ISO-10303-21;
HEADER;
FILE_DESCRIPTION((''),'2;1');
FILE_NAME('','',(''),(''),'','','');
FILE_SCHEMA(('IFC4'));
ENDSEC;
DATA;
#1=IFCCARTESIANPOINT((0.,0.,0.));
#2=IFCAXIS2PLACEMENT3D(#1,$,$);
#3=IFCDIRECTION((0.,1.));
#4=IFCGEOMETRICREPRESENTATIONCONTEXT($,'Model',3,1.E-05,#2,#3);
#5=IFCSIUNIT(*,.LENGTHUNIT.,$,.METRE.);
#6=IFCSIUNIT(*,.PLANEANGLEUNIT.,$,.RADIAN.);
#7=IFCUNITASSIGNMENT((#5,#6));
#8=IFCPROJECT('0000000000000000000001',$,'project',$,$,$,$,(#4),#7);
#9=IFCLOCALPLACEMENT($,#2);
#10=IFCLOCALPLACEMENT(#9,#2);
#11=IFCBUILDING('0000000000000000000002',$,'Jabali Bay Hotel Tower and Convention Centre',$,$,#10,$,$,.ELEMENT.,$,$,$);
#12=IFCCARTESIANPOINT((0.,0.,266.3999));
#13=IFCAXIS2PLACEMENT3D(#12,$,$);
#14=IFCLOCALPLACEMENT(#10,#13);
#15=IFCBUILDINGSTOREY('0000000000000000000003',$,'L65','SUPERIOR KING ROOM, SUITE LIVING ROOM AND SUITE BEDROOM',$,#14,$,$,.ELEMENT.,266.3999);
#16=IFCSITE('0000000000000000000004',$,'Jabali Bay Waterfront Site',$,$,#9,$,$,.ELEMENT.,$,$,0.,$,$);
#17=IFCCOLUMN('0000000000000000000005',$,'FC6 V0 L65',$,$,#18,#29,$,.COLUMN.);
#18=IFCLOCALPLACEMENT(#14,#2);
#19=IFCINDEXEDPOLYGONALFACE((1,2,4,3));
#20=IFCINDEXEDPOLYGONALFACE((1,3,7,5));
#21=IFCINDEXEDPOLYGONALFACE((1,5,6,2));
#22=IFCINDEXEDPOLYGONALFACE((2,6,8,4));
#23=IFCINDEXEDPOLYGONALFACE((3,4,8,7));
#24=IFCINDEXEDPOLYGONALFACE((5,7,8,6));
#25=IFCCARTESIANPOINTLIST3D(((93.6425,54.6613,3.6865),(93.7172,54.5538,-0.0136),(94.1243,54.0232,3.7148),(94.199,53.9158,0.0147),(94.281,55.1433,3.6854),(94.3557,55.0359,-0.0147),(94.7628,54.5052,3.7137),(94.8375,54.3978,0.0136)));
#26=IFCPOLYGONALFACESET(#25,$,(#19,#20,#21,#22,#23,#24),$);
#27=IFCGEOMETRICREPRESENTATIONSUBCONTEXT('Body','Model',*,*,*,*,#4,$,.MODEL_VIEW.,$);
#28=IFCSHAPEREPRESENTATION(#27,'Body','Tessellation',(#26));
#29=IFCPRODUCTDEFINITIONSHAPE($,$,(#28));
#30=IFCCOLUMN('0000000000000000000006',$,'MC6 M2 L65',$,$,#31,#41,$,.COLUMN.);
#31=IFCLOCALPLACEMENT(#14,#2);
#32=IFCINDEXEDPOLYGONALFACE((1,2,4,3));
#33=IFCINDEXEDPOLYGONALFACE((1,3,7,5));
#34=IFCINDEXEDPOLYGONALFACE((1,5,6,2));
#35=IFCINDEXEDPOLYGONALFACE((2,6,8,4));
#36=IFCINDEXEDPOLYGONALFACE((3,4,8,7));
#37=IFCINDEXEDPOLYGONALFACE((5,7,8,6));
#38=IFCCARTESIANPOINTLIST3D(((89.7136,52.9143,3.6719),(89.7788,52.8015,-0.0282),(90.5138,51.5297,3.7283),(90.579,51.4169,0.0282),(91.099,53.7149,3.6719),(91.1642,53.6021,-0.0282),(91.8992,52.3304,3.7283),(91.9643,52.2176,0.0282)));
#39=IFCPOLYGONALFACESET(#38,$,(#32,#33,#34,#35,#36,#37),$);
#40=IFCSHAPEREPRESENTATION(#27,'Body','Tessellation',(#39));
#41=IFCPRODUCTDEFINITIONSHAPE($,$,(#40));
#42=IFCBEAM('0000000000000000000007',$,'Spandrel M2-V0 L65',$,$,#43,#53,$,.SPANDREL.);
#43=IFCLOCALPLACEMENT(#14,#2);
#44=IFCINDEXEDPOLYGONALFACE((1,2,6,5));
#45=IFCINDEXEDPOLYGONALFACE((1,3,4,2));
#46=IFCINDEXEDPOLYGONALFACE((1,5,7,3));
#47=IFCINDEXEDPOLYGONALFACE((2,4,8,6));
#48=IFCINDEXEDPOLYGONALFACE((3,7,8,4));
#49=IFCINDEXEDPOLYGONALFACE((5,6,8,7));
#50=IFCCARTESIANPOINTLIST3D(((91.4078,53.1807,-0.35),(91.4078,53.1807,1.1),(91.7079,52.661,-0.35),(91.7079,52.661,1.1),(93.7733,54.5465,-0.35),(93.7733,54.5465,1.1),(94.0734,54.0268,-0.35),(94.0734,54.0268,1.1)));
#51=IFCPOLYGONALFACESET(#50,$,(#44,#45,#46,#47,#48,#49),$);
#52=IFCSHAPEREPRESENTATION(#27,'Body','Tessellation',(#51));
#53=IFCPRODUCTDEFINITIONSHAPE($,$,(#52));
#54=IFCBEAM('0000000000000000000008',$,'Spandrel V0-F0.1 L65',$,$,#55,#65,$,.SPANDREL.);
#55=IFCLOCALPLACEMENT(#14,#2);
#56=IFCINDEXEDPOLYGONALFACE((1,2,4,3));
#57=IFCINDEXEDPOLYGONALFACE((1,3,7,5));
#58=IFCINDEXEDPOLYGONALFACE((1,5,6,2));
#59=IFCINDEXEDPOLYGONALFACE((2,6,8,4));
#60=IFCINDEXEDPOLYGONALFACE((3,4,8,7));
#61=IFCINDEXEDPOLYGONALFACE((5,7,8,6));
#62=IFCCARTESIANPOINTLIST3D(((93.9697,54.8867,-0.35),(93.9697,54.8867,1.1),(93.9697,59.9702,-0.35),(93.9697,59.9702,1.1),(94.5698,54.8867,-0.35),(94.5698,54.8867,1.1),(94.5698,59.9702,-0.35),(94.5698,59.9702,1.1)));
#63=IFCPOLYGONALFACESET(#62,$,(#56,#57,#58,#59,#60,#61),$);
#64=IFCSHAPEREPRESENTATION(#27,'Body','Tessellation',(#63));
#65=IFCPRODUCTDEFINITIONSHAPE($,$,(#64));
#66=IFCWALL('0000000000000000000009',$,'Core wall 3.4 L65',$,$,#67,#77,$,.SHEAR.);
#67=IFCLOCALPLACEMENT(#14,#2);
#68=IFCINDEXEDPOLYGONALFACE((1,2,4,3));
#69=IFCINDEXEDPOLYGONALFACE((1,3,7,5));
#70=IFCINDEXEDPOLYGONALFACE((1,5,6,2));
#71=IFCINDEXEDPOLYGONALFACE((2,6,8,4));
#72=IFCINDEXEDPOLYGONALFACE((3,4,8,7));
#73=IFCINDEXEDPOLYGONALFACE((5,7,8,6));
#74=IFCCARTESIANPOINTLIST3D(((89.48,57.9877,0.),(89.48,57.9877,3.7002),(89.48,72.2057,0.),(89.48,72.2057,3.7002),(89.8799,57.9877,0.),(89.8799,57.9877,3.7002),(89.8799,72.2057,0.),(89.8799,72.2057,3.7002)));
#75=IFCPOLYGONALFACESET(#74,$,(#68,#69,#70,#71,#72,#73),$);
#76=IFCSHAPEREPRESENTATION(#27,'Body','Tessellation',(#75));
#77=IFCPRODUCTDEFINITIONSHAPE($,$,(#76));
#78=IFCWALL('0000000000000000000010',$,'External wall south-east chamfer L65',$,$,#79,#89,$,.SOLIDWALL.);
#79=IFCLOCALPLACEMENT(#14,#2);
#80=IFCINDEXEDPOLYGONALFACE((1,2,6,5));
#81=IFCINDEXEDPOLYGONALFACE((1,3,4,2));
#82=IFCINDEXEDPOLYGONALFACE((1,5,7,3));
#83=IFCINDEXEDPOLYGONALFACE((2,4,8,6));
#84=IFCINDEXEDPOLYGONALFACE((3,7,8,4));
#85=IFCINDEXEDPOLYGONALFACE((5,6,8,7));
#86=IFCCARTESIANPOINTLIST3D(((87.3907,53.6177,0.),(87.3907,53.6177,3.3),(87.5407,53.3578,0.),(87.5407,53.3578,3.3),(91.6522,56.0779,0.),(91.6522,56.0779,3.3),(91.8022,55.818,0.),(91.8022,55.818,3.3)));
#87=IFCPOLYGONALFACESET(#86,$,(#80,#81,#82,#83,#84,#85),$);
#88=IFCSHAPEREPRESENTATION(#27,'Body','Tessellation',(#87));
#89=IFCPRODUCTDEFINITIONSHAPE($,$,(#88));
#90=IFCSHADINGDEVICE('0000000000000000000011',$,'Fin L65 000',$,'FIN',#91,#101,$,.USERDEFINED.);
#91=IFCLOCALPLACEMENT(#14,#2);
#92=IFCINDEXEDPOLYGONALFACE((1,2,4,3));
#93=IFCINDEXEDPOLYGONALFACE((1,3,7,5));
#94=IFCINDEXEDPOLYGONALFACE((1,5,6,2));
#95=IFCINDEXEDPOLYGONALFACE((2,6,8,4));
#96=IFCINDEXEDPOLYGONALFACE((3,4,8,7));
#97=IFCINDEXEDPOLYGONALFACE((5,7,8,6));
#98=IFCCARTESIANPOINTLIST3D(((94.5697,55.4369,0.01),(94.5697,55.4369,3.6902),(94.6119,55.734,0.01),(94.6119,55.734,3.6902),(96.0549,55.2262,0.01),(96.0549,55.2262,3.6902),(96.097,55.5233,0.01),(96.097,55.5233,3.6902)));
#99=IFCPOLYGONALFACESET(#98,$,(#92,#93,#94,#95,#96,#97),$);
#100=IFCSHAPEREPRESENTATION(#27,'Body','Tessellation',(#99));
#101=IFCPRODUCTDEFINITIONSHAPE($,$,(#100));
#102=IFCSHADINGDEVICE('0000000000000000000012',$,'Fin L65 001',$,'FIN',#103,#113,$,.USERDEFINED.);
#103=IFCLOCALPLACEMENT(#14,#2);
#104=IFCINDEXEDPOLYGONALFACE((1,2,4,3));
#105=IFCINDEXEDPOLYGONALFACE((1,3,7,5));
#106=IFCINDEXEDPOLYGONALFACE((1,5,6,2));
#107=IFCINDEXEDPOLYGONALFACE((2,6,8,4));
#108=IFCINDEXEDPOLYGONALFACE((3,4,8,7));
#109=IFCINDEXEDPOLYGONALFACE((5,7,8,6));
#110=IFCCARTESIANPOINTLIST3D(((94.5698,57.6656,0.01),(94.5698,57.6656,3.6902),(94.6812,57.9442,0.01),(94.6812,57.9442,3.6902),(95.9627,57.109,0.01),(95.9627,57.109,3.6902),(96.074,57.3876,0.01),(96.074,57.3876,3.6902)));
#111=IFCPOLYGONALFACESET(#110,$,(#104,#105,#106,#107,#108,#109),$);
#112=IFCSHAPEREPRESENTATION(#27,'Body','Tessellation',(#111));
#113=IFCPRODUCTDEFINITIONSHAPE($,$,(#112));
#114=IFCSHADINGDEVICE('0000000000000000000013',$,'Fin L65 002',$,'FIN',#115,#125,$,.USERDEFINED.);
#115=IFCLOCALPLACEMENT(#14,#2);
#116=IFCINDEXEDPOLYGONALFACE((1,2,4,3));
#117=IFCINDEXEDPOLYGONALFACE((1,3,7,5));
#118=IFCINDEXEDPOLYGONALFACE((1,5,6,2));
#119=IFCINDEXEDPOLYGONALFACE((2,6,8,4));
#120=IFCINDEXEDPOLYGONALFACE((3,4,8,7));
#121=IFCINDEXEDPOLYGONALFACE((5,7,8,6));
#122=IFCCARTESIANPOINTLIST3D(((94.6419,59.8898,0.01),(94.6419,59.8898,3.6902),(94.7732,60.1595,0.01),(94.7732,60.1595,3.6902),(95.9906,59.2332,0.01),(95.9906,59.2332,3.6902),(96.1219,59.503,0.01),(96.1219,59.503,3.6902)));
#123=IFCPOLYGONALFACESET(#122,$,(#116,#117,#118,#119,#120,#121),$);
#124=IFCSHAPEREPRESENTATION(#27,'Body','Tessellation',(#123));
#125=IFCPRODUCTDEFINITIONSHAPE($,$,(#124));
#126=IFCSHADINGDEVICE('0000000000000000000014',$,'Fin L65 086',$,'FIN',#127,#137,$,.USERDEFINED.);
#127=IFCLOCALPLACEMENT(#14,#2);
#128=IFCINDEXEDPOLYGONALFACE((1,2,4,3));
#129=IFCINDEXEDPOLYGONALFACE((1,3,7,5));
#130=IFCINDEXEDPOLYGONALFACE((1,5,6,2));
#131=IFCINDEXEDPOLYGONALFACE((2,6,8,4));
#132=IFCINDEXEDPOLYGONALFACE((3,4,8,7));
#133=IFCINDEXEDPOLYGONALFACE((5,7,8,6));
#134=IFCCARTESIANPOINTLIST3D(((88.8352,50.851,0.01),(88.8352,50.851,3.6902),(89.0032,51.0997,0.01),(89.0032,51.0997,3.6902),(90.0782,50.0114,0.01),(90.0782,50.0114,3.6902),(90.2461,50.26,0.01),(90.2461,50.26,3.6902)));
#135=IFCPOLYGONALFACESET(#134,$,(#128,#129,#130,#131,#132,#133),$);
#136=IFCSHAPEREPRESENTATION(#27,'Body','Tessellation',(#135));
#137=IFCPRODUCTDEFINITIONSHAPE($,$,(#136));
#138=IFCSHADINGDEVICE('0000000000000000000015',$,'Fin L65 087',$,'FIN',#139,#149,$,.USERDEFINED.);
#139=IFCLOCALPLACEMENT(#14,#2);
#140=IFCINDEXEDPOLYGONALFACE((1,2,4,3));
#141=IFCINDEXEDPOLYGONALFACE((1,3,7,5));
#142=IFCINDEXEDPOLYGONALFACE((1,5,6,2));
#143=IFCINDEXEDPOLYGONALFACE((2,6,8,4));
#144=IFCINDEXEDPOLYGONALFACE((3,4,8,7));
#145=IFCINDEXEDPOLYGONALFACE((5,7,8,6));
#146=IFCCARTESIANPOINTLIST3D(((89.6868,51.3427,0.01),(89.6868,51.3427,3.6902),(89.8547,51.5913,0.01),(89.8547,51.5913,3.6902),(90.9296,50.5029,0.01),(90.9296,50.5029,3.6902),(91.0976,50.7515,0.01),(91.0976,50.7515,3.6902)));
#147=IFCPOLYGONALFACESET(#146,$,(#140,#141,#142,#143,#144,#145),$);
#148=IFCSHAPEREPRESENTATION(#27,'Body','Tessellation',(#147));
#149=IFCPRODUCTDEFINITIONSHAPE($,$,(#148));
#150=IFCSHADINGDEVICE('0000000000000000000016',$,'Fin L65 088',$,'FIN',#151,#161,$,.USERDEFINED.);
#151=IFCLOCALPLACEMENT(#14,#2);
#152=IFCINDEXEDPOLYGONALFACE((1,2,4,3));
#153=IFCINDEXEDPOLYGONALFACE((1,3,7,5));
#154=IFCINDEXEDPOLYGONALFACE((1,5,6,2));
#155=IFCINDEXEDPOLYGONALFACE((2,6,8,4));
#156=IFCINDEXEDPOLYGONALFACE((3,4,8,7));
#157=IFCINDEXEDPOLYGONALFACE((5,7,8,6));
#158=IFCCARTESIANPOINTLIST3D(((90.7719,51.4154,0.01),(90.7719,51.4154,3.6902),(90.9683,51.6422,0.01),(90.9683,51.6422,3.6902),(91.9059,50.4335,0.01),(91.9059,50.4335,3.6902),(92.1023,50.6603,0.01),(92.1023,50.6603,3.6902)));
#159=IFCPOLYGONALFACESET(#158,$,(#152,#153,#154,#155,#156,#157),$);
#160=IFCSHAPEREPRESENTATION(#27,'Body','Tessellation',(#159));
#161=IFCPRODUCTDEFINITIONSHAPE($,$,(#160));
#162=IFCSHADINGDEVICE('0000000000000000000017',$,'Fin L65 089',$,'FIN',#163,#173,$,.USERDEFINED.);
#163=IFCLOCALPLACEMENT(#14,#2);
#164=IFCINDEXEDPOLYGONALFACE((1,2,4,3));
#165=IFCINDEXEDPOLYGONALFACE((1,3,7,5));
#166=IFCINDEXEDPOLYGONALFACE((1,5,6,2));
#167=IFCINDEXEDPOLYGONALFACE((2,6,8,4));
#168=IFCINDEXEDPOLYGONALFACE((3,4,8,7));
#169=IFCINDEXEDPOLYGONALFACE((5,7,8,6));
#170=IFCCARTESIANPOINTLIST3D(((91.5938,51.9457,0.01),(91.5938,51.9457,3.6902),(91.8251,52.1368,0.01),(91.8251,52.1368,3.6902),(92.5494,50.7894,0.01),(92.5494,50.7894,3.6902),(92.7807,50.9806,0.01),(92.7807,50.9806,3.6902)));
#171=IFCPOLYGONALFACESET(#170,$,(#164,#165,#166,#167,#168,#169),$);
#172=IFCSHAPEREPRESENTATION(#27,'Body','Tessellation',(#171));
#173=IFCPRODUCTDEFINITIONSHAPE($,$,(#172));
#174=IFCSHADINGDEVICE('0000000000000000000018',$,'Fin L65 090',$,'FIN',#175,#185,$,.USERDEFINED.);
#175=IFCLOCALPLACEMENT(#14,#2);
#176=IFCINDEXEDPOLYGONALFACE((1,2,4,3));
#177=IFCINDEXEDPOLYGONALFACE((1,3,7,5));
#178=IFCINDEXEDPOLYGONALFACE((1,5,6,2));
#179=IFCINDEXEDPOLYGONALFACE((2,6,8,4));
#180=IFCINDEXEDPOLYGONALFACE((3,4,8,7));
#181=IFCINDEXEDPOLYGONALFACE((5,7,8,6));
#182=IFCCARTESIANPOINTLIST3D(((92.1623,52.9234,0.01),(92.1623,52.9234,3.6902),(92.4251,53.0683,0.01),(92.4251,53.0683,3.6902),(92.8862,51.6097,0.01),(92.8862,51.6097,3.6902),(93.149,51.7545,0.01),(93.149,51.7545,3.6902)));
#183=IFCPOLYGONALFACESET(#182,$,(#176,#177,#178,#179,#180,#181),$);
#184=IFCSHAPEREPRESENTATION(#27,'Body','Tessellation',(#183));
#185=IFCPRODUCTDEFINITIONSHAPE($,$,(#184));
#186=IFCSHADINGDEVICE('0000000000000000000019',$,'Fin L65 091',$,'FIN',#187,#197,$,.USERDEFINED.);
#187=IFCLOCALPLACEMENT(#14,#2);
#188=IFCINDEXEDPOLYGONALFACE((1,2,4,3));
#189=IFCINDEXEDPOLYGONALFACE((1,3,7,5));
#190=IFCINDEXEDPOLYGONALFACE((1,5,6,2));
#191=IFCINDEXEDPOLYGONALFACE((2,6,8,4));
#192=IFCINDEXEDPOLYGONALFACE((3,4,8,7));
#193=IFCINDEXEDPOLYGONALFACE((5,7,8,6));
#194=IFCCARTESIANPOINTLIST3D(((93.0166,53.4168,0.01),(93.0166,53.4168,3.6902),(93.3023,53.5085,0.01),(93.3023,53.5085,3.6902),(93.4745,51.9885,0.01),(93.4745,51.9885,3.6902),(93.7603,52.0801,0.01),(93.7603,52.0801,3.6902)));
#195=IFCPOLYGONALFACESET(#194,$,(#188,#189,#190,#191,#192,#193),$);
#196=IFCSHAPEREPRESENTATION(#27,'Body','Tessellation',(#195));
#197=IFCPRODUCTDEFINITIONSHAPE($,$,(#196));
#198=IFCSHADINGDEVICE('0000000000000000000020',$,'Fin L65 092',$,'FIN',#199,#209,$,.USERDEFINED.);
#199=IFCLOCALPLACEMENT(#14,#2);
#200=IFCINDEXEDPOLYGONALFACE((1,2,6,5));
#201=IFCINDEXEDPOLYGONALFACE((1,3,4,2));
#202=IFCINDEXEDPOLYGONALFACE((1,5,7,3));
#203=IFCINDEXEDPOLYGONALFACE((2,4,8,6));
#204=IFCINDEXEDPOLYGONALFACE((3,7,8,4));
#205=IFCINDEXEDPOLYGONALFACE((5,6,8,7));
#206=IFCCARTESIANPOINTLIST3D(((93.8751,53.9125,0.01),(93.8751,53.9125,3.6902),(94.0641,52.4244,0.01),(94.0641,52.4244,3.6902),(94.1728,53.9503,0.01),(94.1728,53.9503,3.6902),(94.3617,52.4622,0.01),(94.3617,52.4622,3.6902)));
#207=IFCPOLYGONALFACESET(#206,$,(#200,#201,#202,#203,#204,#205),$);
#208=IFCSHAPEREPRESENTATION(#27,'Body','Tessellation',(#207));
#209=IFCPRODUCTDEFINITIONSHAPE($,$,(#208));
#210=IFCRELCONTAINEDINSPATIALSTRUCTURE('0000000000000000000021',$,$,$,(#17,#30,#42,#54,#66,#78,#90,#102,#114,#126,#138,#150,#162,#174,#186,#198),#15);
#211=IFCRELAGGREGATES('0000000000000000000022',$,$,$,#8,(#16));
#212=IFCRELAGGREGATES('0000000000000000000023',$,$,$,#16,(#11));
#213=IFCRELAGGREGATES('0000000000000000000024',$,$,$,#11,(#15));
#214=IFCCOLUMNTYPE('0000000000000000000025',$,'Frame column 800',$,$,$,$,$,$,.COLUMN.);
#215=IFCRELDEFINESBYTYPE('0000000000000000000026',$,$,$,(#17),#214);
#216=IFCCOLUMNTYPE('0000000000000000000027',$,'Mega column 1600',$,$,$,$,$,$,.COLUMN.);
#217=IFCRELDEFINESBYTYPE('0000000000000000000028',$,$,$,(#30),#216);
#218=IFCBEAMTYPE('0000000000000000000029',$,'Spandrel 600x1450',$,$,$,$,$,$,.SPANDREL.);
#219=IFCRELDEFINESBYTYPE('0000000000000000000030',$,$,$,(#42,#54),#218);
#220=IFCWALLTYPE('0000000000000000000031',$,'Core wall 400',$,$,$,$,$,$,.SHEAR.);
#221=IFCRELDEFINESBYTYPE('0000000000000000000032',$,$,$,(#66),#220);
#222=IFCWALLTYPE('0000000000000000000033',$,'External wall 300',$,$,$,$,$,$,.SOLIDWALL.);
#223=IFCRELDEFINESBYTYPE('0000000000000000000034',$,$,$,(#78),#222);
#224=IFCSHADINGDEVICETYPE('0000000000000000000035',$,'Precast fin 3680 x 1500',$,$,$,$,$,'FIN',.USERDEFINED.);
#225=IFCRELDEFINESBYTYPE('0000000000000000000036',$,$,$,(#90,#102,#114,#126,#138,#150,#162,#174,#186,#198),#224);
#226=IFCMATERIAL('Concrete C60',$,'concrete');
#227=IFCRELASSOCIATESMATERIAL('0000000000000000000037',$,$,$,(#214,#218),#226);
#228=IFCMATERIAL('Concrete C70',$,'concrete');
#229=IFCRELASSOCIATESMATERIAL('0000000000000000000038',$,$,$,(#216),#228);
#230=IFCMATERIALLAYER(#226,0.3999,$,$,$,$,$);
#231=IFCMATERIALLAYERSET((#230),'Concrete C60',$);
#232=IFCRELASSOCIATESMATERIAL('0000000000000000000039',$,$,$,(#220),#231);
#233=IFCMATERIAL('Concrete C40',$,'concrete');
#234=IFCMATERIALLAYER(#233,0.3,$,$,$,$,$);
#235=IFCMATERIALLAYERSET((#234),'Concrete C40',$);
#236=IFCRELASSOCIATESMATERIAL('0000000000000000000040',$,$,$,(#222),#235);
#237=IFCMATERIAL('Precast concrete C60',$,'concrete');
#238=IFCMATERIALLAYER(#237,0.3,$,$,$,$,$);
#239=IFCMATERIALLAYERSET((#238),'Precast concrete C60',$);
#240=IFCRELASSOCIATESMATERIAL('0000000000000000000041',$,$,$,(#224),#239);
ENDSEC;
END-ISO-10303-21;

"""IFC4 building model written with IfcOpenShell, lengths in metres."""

from ifc_helpers import new_model, si_unit, direction, frame, frame_2d, origin, origin_2d, place, context, subcontext, project, spatial, rectangle, extrude, material, layer, layer_set, material_profile, profile_set, type_object, element, save


model = new_model("IFC4")

# Units and contexts
model_context = context("Model", 3, precision=1e-05, world=origin(), true_north=direction((0.0, 1.0)))
body_context = subcontext(model_context, "Body", "Model", "MODEL_VIEW")
ifc_project = project(units=[si_unit("LENGTHUNIT", "METRE"), si_unit("PLANEANGLEUNIT", "RADIAN")], contexts=[model_context])

# Site, building, storey
site_placement = place(None, origin())
site = spatial("IfcSite", under=ifc_project, at=site_placement, Name="Jabali Bay Waterfront Site", CompositionType="ELEMENT", RefElevation=0.0)
building_placement = place(site_placement, origin())
building = spatial("IfcBuilding", under=site, at=building_placement, Name="Jabali Bay Hotel Tower and Convention Centre", CompositionType="ELEMENT")
storey_placement = place(building_placement, frame((0.0, 0.0, 266.3999)))
storey = spatial("IfcBuildingStorey", under=building, at=storey_placement, Name="L65", Description="SUPERIOR KING ROOM, SUITE LIVING ROOM AND SUITE BEDROOM", CompositionType="ELEMENT", Elevation=266.3999)

# Columns
ifc_material_1 = material(Name="Concrete C60", Category="concrete")
ifc_material_profile_1 = material_profile(ifc_material_1, rectangle(XDim=0.8, YDim=0.8, at=origin_2d()), Name="Frame column 800")
ifc_profile_set_1 = profile_set([ifc_material_profile_1], Name="Concrete C60")
column_type_1 = type_object("IfcColumnType", Name="Frame column 800", PredefinedType="COLUMN", material=ifc_profile_set_1)
column_1_placement = place(storey_placement, frame((94.2773, 54.4758, 0.0), z_axis=(-0.020177, 0.029013, 0.999375), x_axis=(-0.798091, -0.602535, 0.001379)))
element("IfcColumn", 1, at=column_1_placement, inside=storey, type_object=column_type_1, Name="FC6 V0 L65", PredefinedType="COLUMN", context=body_context, shape_type="SweptSolid", body=[
    extrude(rectangle(XDim=0.8, YDim=0.8, at=origin_2d()), origin(), (0.0, 0.0, 1.0), 3.7024),
])
ifc_material_2 = material(Name="Concrete C70", Category="concrete")
ifc_material_profile_2 = material_profile(ifc_material_2, rectangle(XDim=1.6001, YDim=1.6001, at=origin_2d()), Name="Mega column 1600")
ifc_profile_set_2 = profile_set([ifc_material_profile_2], Name="Concrete C70")
column_type_2 = type_object("IfcColumnType", Name="Mega column 1600", PredefinedType="COLUMN", material=ifc_profile_set_2)
column_2_placement = place(storey_placement, frame((90.8716, 52.5095, 0.0), z_axis=(-0.017606, 0.030464, 0.999381), x_axis=(0.500061, -0.865275, 0.035186)))
element("IfcColumn", 2, at=column_2_placement, inside=storey, type_object=column_type_2, Name="MC6 M2 L65", PredefinedType="COLUMN", context=body_context, shape_type="SweptSolid", body=[
    extrude(rectangle(XDim=1.6001, YDim=1.6001, at=origin_2d()), origin(), (0.0, 0.0, 1.0), 3.7024),
])

# Beams
ifc_material_profile_3 = material_profile(ifc_material_1, rectangle(XDim=0.6001, YDim=1.45, at=origin_2d()), Name="Spandrel 600x1450")
ifc_profile_set_3 = profile_set([ifc_material_profile_3], Name="Concrete C60")
beam_type = type_object("IfcBeamType", Name="Spandrel 600x1450", PredefinedType="SPANDREL", material=ifc_profile_set_3)
beam_1_placement = place(storey_placement, frame((91.5579, 52.9209, 0.375), z_axis=(0.866023, 0.500004, 0.0), x_axis=(-0.500004, 0.866023, 0.0)))
element("IfcBeam", 3, at=beam_1_placement, inside=storey, type_object=beam_type, Name="Spandrel M2-V0 L65", PredefinedType="SPANDREL", context=body_context, shape_type="SweptSolid", body=[
    extrude(rectangle(XDim=0.6001, YDim=1.45, at=origin_2d()), origin(), (0.0, 0.0, 1.0), 2.7314),
])
beam_2_placement = place(storey_placement, frame((94.2698, 54.8867, 0.375), z_axis=(0.0, 1.0, 0.0), x_axis=(-1.0, 0.0, 0.0)))
element("IfcBeam", 4, at=beam_2_placement, inside=storey, type_object=beam_type, Name="Spandrel V0-F0.1 L65", PredefinedType="SPANDREL", context=body_context, shape_type="SweptSolid", body=[
    extrude(rectangle(XDim=0.6001, YDim=1.45, at=origin_2d()), origin(), (0.0, 0.0, 1.0), 5.0835),
])

# Walls
ifc_layer_1 = layer(ifc_material_1, 0.3999)
ifc_layer_set_1 = layer_set([ifc_layer_1], Name="Concrete C60")
wall_type_1 = type_object("IfcWallType", Name="Core wall 400", PredefinedType="SHEAR", material=ifc_layer_set_1)
wall_1_placement = place(storey_placement, frame((89.6799, 57.9878, 0.0), z_axis=(0.0, 0.0, 1.0), x_axis=(0.0, 1.0, 0.0)))
element("IfcWall", 5, at=wall_1_placement, inside=storey, type_object=wall_type_1, Name="Core wall 3.4 L65", PredefinedType="SHEAR", context=body_context, shape_type="SweptSolid", body=[
    extrude(rectangle(XDim=14.218, YDim=0.3999, at=frame_2d((7.1089, 0.0))), origin(), (0.0, 0.0, 1.0), 3.7002),
])
ifc_material_3 = material(Name="Concrete C40", Category="concrete")
ifc_layer_2 = layer(ifc_material_3, 0.3)
ifc_layer_set_2 = layer_set([ifc_layer_2], Name="Concrete C40")
wall_type_2 = type_object("IfcWallType", Name="External wall 300", PredefinedType="SOLIDWALL", material=ifc_layer_set_2)
wall_2_placement = place(storey_placement, frame((91.7273, 55.948, 0.0), z_axis=(0.0, 0.0, 1.0), x_axis=(-0.866039, -0.499976, 0.0)))
element("IfcWall", 6, at=wall_2_placement, inside=storey, type_object=wall_type_2, Name="External wall south-east chamfer L65", PredefinedType="SOLIDWALL", context=body_context, shape_type="SweptSolid", body=[
    extrude(rectangle(XDim=4.9207, YDim=0.3, at=frame_2d((2.4604, 0.0))), origin(), (0.0, 0.0, 1.0), 3.3),
])

# Shading devices
ifc_material_4 = material(Name="Precast concrete C60", Category="concrete")
ifc_layer_3 = layer(ifc_material_4, 0.3)
ifc_layer_set_3 = layer_set([ifc_layer_3], Name="Precast concrete C60")
shading_device_type = type_object("IfcShadingDeviceType", Name="Precast fin 3680 x 1500", ElementType="FIN", PredefinedType="USERDEFINED", material=ifc_layer_set_3)
for number, where, z_axis, x_axis, name in (
    (7, (94.5908, 55.5854, 0.01), (0.0, 0.0, 1.0), (0.990086, -0.140464, 0.0), "Fin L65 000"),
    (8, (94.6255, 57.8049, 0.01), (0.0, 0.0, 1.0), (0.928589, -0.37111, 0.0), "Fin L65 001"),
    (9, (94.7075, 60.0247, 0.01), (0.0, 0.0, 1.0), (0.899129, -0.437683, 0.0), "Fin L65 002"),
    (10, (88.9192, 50.9753, 0.01), (0.0, 0.0, 1.0), (0.828654, -0.559761, 0.0), "Fin L65 086"),
    (11, (89.7708, 51.467, 0.01), (0.0, 0.0, 1.0), (0.828579, -0.559873, 0.0), "Fin L65 087"),
    (12, (90.8701, 51.5288, 0.01), (0.0, 0.0, 1.0), (0.755984, -0.65459, 0.0), "Fin L65 088"),
    (13, (91.7095, 52.0413, 0.01), (0.0, 0.0, 1.0), (0.637041, -0.77083, 0.0), "Fin L65 089"),
    (14, (92.2937, 52.9958, 0.01), (0.0, 0.0, 1.0), (0.4826, -0.875841, 0.0), "Fin L65 090"),
    (15, (93.1594, 53.4626, 0.01), (0.0, 0.0, 1.0), (0.305319, -0.95225, 0.0), "Fin L65 091"),
    (16, (94.0239, 53.9314, 0.01), (0.0, 0.0, 1.0), (0.125978, -0.992033, 0.0), "Fin L65 092"),
):
    element("IfcShadingDevice", number, at=place(storey_placement, frame(where, z_axis=z_axis, x_axis=x_axis)), inside=storey, type_object=shading_device_type, Name=name, ObjectType="FIN", PredefinedType="USERDEFINED", context=body_context, shape_type="SweptSolid", body=[
        extrude(rectangle(XDim=1.5, YDim=0.3, at=frame_2d((0.75, 0.0))), origin(), (0.0, 0.0, 1.0), 3.6802),
    ])

save(model, "model.ifc")
